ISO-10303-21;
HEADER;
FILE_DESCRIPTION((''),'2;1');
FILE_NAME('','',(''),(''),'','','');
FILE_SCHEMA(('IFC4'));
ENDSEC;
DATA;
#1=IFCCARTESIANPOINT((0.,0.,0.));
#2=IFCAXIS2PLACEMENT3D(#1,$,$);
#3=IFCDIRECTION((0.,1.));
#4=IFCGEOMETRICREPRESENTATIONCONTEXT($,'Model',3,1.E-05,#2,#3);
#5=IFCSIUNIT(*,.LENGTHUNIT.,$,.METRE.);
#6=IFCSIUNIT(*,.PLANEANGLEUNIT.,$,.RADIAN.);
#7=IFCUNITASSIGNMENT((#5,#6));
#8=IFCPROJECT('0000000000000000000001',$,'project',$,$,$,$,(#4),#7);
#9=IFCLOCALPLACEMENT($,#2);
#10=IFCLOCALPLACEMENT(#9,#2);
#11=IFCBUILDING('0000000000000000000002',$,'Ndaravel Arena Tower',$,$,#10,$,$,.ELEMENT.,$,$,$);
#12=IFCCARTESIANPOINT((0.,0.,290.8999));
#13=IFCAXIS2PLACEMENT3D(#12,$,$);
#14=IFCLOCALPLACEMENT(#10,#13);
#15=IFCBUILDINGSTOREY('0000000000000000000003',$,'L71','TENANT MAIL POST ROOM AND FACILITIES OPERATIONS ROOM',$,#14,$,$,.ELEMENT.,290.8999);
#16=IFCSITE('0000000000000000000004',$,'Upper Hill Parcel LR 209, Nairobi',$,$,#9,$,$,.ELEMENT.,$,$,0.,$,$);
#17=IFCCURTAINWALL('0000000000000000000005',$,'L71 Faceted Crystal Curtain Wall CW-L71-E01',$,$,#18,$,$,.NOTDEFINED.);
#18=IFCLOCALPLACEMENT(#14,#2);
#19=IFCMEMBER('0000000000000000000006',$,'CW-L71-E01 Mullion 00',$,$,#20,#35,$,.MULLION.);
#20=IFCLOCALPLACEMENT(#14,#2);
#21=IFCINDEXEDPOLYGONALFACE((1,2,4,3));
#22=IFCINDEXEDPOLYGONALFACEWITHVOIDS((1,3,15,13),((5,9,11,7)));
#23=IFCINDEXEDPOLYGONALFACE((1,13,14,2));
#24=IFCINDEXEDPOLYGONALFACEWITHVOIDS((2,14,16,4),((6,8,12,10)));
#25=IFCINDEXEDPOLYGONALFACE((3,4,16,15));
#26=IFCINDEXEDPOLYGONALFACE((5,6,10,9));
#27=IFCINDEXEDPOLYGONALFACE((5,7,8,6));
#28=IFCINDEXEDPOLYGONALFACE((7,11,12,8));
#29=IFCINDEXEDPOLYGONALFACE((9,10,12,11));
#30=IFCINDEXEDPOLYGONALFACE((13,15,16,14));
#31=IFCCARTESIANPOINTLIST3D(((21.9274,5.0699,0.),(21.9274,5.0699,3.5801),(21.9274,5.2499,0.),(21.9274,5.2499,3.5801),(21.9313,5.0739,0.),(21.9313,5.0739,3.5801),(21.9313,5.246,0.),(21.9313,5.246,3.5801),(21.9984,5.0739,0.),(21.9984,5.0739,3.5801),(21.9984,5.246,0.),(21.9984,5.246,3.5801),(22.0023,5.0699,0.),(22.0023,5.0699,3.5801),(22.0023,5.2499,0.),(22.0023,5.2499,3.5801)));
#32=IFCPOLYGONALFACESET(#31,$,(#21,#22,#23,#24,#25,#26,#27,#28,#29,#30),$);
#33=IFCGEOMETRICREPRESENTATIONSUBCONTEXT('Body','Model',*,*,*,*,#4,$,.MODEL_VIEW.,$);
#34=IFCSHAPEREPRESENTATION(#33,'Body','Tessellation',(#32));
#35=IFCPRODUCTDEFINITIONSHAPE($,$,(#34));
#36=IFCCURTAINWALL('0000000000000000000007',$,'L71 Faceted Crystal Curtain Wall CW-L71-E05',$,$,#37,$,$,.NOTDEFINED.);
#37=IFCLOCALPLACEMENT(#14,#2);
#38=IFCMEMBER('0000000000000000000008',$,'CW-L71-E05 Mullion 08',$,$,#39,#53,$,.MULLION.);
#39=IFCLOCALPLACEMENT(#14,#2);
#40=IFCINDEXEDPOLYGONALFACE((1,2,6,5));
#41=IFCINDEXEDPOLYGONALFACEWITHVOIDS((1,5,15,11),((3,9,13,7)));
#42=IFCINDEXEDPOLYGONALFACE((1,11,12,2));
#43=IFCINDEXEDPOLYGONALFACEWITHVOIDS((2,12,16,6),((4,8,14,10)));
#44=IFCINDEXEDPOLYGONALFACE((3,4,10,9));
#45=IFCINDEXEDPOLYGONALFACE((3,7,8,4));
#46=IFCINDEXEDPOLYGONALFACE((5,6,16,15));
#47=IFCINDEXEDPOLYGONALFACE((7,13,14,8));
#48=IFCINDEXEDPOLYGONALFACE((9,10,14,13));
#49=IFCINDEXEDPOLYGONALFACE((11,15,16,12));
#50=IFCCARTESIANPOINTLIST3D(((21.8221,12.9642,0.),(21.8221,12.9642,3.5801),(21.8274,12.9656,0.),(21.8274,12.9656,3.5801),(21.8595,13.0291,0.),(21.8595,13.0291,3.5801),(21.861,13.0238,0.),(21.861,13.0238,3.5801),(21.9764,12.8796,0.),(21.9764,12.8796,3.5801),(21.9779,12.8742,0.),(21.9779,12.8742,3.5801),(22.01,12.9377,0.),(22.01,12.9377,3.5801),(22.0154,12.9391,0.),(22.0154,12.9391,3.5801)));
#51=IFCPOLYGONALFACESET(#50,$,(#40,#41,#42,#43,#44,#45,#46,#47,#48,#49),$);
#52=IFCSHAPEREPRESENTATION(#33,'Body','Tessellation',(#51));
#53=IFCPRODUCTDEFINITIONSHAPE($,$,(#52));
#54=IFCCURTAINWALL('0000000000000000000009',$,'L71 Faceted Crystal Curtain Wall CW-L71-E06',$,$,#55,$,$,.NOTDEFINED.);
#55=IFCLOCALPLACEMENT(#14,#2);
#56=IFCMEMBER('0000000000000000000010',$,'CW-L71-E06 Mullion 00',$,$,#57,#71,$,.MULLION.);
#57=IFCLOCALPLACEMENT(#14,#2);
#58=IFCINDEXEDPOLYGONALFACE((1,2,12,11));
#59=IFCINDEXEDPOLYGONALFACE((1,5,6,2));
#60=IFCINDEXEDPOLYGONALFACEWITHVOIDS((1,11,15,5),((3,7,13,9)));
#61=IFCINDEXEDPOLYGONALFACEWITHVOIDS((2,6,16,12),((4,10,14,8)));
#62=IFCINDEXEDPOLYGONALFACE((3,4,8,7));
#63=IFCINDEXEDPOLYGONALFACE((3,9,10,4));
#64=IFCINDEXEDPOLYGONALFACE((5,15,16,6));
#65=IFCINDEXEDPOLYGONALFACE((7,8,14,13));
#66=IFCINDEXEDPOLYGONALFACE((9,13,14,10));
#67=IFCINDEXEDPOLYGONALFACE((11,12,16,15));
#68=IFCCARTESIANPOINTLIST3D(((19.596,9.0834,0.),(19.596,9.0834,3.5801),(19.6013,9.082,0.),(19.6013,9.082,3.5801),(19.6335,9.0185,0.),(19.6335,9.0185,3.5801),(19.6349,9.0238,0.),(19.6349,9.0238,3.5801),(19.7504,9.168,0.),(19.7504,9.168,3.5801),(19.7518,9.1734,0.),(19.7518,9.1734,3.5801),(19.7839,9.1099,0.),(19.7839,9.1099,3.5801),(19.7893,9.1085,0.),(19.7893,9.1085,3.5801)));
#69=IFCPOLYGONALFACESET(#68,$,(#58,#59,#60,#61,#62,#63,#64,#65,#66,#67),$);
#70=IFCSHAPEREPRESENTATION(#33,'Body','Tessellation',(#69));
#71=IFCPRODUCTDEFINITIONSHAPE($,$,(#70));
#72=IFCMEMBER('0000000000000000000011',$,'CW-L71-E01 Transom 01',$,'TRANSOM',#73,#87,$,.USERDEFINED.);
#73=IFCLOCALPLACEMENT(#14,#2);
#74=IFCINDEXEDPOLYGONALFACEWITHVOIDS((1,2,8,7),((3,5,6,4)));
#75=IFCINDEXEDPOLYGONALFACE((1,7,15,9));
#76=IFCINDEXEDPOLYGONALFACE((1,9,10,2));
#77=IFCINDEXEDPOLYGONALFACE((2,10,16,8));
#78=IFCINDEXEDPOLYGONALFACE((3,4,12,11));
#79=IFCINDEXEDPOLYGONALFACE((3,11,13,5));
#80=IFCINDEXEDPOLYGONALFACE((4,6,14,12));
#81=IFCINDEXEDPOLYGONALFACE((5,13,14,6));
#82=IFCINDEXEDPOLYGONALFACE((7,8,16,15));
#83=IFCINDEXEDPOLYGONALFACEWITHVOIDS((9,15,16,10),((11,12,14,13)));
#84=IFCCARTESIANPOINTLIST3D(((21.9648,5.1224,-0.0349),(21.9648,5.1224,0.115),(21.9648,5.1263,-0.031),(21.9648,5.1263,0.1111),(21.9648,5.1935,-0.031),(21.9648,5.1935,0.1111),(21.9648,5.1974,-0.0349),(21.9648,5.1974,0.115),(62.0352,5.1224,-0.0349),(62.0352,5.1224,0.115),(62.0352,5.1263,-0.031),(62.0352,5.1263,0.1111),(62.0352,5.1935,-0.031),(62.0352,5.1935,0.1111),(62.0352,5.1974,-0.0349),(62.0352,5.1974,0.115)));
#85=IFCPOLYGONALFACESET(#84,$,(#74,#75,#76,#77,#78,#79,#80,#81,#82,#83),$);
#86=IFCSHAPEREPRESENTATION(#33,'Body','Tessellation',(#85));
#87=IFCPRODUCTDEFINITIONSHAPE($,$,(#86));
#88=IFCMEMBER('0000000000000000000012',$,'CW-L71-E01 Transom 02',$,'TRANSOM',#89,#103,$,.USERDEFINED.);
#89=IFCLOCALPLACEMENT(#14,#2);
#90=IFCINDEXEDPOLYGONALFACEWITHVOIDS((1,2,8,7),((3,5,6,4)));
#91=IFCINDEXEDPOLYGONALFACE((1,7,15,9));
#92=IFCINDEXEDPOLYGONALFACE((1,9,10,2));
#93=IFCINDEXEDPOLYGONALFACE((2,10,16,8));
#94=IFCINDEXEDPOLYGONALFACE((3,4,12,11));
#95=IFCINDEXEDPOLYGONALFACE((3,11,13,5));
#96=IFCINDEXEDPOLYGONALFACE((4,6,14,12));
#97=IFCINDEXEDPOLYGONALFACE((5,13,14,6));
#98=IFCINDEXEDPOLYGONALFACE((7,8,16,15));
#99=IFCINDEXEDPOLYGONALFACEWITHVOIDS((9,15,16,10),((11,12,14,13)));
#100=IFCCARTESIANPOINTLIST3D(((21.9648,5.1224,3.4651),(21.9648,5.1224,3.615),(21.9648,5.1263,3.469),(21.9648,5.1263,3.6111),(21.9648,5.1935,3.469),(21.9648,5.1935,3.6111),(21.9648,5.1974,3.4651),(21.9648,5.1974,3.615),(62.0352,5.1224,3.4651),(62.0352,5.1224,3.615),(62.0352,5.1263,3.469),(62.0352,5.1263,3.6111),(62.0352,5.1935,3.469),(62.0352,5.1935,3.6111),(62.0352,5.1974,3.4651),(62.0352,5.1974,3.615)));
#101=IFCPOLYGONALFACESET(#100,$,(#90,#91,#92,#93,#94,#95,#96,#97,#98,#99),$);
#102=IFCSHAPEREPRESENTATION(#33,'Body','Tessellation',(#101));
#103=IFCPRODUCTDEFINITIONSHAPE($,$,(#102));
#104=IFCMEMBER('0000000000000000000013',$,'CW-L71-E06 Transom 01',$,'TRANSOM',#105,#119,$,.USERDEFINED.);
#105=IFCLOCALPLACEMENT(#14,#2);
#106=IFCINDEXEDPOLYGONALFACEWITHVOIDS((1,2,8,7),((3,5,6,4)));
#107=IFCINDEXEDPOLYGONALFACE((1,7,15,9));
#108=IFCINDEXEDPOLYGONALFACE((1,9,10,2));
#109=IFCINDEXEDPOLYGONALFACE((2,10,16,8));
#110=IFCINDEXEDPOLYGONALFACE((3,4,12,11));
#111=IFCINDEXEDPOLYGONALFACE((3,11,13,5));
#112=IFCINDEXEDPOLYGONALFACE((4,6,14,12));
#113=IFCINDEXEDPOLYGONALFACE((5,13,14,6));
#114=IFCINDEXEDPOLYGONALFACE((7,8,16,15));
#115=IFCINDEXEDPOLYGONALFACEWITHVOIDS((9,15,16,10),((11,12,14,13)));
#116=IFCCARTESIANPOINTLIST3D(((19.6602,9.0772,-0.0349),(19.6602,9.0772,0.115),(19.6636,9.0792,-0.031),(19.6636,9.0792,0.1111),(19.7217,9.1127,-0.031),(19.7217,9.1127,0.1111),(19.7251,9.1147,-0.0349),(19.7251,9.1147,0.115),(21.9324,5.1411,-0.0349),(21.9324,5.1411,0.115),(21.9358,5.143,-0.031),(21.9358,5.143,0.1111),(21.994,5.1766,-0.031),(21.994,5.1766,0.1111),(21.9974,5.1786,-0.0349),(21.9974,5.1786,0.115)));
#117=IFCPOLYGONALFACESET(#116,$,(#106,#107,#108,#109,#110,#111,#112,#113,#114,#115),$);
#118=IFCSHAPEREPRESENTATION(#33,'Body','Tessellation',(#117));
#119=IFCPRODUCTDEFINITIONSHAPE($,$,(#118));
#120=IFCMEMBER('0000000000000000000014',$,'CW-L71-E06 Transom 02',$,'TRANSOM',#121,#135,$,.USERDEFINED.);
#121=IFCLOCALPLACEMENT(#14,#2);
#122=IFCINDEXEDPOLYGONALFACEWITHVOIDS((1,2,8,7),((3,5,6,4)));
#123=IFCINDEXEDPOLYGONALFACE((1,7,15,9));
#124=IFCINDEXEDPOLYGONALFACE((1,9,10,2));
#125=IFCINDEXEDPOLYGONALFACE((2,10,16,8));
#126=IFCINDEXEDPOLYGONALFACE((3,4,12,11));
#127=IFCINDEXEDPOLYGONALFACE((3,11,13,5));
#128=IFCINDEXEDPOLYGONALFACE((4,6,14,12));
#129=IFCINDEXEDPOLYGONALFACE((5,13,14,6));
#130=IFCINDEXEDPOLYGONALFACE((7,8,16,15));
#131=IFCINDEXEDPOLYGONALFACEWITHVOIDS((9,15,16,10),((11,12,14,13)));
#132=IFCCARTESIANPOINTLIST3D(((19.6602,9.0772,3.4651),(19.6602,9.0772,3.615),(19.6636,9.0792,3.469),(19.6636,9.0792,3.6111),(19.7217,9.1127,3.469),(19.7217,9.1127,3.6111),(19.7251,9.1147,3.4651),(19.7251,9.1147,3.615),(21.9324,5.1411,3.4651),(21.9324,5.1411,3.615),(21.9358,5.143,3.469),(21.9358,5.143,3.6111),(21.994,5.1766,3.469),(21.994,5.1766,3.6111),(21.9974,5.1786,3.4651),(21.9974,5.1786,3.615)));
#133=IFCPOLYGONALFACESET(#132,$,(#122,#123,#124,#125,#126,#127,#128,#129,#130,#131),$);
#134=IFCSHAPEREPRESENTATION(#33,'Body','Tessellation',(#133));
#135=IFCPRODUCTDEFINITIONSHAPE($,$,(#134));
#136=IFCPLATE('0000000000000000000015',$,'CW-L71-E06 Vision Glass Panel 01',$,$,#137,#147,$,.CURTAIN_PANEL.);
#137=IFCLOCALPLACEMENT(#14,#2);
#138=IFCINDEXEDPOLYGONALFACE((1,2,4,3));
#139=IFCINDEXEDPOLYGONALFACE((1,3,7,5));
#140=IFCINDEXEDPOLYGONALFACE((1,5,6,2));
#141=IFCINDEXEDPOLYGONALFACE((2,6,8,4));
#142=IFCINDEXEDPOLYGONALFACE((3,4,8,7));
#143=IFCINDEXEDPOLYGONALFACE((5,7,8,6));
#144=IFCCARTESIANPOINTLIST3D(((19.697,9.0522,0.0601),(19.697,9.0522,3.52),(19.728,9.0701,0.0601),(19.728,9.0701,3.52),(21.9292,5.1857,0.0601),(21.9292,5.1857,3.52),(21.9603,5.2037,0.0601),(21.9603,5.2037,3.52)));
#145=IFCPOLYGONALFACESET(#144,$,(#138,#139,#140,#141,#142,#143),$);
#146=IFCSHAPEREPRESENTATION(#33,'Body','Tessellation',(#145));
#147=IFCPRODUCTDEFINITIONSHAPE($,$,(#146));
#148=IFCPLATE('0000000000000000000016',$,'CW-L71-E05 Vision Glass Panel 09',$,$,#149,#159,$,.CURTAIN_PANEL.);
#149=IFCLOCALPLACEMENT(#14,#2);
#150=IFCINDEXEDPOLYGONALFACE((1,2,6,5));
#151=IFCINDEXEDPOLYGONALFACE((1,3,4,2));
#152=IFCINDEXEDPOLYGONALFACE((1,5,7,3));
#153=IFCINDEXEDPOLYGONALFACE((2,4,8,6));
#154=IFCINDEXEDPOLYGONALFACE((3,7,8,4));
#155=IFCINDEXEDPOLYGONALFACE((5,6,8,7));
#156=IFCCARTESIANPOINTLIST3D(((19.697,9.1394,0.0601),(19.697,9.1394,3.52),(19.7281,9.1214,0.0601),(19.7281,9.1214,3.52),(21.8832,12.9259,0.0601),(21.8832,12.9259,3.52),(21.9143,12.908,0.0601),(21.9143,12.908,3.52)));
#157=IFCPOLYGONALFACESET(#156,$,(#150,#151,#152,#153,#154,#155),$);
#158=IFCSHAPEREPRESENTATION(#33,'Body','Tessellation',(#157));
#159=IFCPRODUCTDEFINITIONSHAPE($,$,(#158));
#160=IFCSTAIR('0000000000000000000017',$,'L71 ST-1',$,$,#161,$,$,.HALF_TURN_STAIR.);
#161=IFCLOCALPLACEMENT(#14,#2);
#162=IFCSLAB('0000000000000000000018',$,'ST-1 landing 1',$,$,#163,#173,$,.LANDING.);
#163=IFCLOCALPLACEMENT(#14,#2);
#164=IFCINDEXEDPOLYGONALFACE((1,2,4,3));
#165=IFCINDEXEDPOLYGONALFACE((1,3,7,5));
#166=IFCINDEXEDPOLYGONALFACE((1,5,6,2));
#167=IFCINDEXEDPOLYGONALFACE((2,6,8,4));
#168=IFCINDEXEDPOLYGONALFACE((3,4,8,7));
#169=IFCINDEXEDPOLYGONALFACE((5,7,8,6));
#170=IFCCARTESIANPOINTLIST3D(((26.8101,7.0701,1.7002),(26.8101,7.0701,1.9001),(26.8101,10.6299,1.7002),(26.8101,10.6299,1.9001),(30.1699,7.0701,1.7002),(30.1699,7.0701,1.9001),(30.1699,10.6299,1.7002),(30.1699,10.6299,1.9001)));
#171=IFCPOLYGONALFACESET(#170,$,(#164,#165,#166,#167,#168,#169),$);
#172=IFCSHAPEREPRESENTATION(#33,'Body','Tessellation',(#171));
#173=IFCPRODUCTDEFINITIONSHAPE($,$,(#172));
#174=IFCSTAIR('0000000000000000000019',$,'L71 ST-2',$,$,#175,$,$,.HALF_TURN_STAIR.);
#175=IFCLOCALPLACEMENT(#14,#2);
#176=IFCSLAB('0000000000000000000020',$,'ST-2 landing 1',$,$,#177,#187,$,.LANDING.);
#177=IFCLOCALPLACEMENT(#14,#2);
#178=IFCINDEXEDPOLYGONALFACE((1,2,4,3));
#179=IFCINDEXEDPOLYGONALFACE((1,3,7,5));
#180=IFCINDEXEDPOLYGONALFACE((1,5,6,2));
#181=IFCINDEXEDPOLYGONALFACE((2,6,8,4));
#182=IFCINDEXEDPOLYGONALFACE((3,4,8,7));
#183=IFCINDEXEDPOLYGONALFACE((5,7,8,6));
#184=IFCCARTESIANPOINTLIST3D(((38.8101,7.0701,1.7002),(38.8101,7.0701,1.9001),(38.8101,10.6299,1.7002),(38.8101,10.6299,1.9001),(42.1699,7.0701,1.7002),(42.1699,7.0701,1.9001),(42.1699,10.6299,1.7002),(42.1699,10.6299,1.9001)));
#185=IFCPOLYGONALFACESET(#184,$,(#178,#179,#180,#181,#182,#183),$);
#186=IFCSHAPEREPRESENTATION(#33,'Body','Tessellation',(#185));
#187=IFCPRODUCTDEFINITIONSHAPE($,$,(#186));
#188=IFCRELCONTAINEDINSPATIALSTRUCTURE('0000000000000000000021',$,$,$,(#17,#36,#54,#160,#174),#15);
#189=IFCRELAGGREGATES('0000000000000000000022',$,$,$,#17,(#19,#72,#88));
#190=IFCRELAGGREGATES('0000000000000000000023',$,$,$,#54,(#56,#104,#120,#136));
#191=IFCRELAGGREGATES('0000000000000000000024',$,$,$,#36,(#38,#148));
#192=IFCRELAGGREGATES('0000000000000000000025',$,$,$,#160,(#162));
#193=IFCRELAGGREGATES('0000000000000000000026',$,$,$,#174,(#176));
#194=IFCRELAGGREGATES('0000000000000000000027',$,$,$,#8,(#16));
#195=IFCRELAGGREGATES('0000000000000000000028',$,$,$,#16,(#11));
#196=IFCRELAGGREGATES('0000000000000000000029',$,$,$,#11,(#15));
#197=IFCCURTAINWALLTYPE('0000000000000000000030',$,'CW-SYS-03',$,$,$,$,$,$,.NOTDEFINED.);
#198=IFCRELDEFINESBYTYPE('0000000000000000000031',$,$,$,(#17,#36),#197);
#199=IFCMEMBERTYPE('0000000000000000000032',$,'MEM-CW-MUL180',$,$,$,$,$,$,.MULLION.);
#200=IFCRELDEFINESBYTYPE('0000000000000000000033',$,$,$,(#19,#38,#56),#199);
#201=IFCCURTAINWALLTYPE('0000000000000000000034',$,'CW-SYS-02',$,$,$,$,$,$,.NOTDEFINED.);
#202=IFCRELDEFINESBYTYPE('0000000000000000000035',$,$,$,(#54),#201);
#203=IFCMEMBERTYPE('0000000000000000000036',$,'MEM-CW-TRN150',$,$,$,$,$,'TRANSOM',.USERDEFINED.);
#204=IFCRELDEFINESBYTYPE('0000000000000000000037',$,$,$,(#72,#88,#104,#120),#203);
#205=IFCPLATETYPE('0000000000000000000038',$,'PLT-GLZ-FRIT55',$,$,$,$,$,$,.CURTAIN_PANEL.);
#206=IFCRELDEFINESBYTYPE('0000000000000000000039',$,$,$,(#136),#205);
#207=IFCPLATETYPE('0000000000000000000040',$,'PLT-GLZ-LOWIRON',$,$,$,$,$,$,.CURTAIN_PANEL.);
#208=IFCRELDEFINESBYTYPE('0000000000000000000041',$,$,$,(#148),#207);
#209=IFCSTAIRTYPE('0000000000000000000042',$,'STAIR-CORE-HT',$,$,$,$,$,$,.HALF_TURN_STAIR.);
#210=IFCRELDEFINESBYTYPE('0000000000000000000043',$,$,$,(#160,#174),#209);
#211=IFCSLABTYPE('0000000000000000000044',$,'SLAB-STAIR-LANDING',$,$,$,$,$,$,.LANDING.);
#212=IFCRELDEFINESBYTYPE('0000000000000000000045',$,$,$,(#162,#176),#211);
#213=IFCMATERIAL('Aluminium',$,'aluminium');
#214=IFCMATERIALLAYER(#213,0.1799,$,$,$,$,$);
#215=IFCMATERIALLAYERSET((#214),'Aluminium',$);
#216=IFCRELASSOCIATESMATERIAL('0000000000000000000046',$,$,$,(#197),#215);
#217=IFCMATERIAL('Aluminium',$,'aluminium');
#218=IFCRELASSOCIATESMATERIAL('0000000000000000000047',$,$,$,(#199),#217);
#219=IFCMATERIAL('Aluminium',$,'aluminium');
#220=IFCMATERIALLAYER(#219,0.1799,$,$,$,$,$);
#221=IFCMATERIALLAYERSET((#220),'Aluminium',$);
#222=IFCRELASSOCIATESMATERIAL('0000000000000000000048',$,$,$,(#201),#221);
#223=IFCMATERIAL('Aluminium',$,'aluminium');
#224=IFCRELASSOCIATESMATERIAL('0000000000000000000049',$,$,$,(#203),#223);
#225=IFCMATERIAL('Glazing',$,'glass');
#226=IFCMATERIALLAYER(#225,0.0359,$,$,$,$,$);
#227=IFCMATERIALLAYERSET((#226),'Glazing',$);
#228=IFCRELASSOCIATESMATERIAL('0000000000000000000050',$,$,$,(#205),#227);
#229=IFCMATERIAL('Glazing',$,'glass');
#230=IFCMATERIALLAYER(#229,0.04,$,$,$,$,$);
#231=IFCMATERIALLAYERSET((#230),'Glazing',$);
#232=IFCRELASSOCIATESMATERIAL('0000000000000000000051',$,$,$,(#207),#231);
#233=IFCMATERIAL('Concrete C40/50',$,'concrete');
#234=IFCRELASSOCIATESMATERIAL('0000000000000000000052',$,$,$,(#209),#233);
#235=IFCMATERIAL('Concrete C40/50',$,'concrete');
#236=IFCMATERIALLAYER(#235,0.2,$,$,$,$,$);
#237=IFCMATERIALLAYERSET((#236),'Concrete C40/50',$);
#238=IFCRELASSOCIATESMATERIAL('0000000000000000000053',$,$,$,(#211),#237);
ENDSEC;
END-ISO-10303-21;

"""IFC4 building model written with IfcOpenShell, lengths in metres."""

from ifc_helpers import new_model, si_unit, direction, frame, origin, origin_2d, place, context, subcontext, project, spatial, polyline, rectangle, hollow_rectangle, outline, extrude, material, layer, layer_set, material_profile, profile_set, type_object, element, aggregate, save


model = new_model("IFC4")

# Units and contexts
model_context = context("Model", 3, precision=1e-05, world=origin(), true_north=direction((0.0, 1.0)))
body_context = subcontext(model_context, "Body", "Model", "MODEL_VIEW")
ifc_project = project(units=[si_unit("LENGTHUNIT", "METRE"), si_unit("PLANEANGLEUNIT", "RADIAN")], contexts=[model_context])

# Site, building, storey
site_placement = place(None, origin())
site = spatial("IfcSite", under=ifc_project, at=site_placement, Name="Upper Hill Parcel LR 209, Nairobi", CompositionType="ELEMENT", RefElevation=0.0)
building_placement = place(site_placement, origin())
building = spatial("IfcBuilding", under=site, at=building_placement, Name="Ndaravel Arena Tower", CompositionType="ELEMENT")
storey_placement = place(building_placement, frame((0.0, 0.0, 290.8999)))
storey = spatial("IfcBuildingStorey", under=building, at=storey_placement, Name="L71", Description="TENANT MAIL POST ROOM AND FACILITIES OPERATIONS ROOM", CompositionType="ELEMENT", Elevation=290.8999)

# Curtain walls, members
ifc_material_1 = material(Name="Aluminium", Category="aluminium")
ifc_layer_1 = layer(ifc_material_1, 0.1799)
ifc_layer_set_1 = layer_set([ifc_layer_1], Name="Aluminium")
curtain_wall_type_1 = type_object("IfcCurtainWallType", Name="CW-SYS-03", PredefinedType="NOTDEFINED", material=ifc_layer_set_1)
curtain_wall_1_placement = place(storey_placement, origin())
curtain_wall_1 = element("IfcCurtainWall", 1, at=curtain_wall_1_placement, inside=storey, type_object=curtain_wall_type_1, Name="L71 Faceted Crystal Curtain Wall CW-L71-E01", PredefinedType="NOTDEFINED")
ifc_material_2 = material(Name="Aluminium", Category="aluminium")
ifc_material_profile_1 = material_profile(ifc_material_2, hollow_rectangle(XDim=0.075, YDim=0.1799, WallThickness=0.0039, at=origin_2d()), Name="CW MULLION 75x180x4")
ifc_profile_set_1 = profile_set([ifc_material_profile_1], Name="Aluminium")
member_type_1 = type_object("IfcMemberType", Name="MEM-CW-MUL180", PredefinedType="MULLION", material=ifc_profile_set_1)
member_1_placement = place(storey_placement, frame((21.9648, 5.1599, 0.0), z_axis=(0.0, 0.0, 1.0), x_axis=(1.0, 0.0, 0.0)))
member_1 = element("IfcMember", 2, at=member_1_placement, type_object=member_type_1, Name="CW-L71-E01 Mullion 00", PredefinedType="MULLION", context=body_context, shape_type="SweptSolid", body=[
    extrude(hollow_rectangle(XDim=0.075, YDim=0.1799, WallThickness=0.0039, at=origin_2d()), origin(), (0.0, 0.0, 1.0), 3.5801),
])
curtain_wall_2_placement = place(storey_placement, origin())
curtain_wall_2 = element("IfcCurtainWall", 3, at=curtain_wall_2_placement, inside=storey, type_object=curtain_wall_type_1, Name="L71 Faceted Crystal Curtain Wall CW-L71-E05", PredefinedType="NOTDEFINED")
member_2_placement = place(storey_placement, frame((21.9187, 12.9517, 0.0), z_axis=(0.0, 0.0, 1.0), x_axis=(-0.5, -0.866025, 0.0)))
member_2 = element("IfcMember", 4, at=member_2_placement, type_object=member_type_1, Name="CW-L71-E05 Mullion 08", PredefinedType="MULLION", context=body_context, shape_type="SweptSolid", body=[
    extrude(hollow_rectangle(XDim=0.075, YDim=0.1799, WallThickness=0.0039, at=origin_2d()), origin(), (0.0, 0.0, 1.0), 3.5801),
])
ifc_material_3 = material(Name="Aluminium", Category="aluminium")
ifc_layer_2 = layer(ifc_material_3, 0.1799)
ifc_layer_set_2 = layer_set([ifc_layer_2], Name="Aluminium")
curtain_wall_type_2 = type_object("IfcCurtainWallType", Name="CW-SYS-02", PredefinedType="NOTDEFINED", material=ifc_layer_set_2)
curtain_wall_3_placement = place(storey_placement, origin())
curtain_wall_3 = element("IfcCurtainWall", 5, at=curtain_wall_3_placement, inside=storey, type_object=curtain_wall_type_2, Name="L71 Faceted Crystal Curtain Wall CW-L71-E06", PredefinedType="NOTDEFINED")
member_3_placement = place(storey_placement, frame((19.6926, 9.0959, 0.0), z_axis=(0.0, 0.0, 1.0), x_axis=(0.499985, -0.866034, 0.0)))
member_3 = element("IfcMember", 6, at=member_3_placement, type_object=member_type_1, Name="CW-L71-E06 Mullion 00", PredefinedType="MULLION", context=body_context, shape_type="SweptSolid", body=[
    extrude(hollow_rectangle(XDim=0.075, YDim=0.1799, WallThickness=0.0039, at=origin_2d()), origin(), (0.0, 0.0, 1.0), 3.5801),
])

# Members
ifc_material_4 = material(Name="Aluminium", Category="aluminium")
ifc_material_profile_2 = material_profile(ifc_material_4, hollow_rectangle(XDim=0.075, YDim=0.1499, WallThickness=0.0039, at=origin_2d()), Name="CW TRANSOM 75x150x4")
ifc_profile_set_2 = profile_set([ifc_material_profile_2], Name="Aluminium")
member_type_2 = type_object("IfcMemberType", Name="MEM-CW-TRN150", ElementType="TRANSOM", PredefinedType="USERDEFINED", material=ifc_profile_set_2)
member_4_placement = place(storey_placement, frame((21.9648, 5.1599, 0.04), z_axis=(1.0, 0.0, 0.0), x_axis=(0.0, 1.0, 0.0)))
member_4 = element("IfcMember", 7, at=member_4_placement, type_object=member_type_2, Name="CW-L71-E01 Transom 01", ObjectType="TRANSOM", PredefinedType="USERDEFINED", context=body_context, shape_type="SweptSolid", body=[
    extrude(hollow_rectangle(XDim=0.075, YDim=0.1499, WallThickness=0.0039, at=origin_2d()), origin(), (0.0, 0.0, 1.0), 40.0703),
])
member_5_placement = place(storey_placement, frame((21.9648, 5.1599, 3.54), z_axis=(1.0, 0.0, 0.0), x_axis=(0.0, 1.0, 0.0)))
member_5 = element("IfcMember", 8, at=member_5_placement, type_object=member_type_2, Name="CW-L71-E01 Transom 02", ObjectType="TRANSOM", PredefinedType="USERDEFINED", context=body_context, shape_type="SweptSolid", body=[
    extrude(hollow_rectangle(XDim=0.075, YDim=0.1499, WallThickness=0.0039, at=origin_2d()), origin(), (0.0, 0.0, 1.0), 40.0703),
])
aggregate(curtain_wall_1, [member_1, member_4, member_5])
member_6_placement = place(storey_placement, frame((19.6926, 9.0959, 0.04), z_axis=(0.499958, -0.86605, 0.0), x_axis=(0.86605, 0.499958, 0.0)))
member_6 = element("IfcMember", 9, at=member_6_placement, type_object=member_type_2, Name="CW-L71-E06 Transom 01", ObjectType="TRANSOM", PredefinedType="USERDEFINED", context=body_context, shape_type="SweptSolid", body=[
    extrude(hollow_rectangle(XDim=0.075, YDim=0.1499, WallThickness=0.0039, at=origin_2d()), origin(), (0.0, 0.0, 1.0), 4.5449),
])
member_7_placement = place(storey_placement, frame((19.6926, 9.0959, 3.54), z_axis=(0.499958, -0.86605, 0.0), x_axis=(0.86605, 0.499958, 0.0)))
member_7 = element("IfcMember", 10, at=member_7_placement, type_object=member_type_2, Name="CW-L71-E06 Transom 02", ObjectType="TRANSOM", PredefinedType="USERDEFINED", context=body_context, shape_type="SweptSolid", body=[
    extrude(hollow_rectangle(XDim=0.075, YDim=0.1499, WallThickness=0.0039, at=origin_2d()), origin(), (0.0, 0.0, 1.0), 4.5449),
])

# Plates
ifc_material_5 = material(Name="Glazing", Category="glass")
ifc_layer_3 = layer(ifc_material_5, 0.0359)
ifc_layer_set_3 = layer_set([ifc_layer_3], Name="Glazing")
plate_type_1 = type_object("IfcPlateType", Name="PLT-GLZ-FRIT55", PredefinedType="CURTAIN_PANEL", material=ifc_layer_set_3)
plate_1_placement = place(storey_placement, frame((20.8286, 7.1279, 0.0601), z_axis=(0.0, 0.0, 1.0), x_axis=(0.499985, -0.866034, 0.0)))
plate_1 = element("IfcPlate", 11, at=plate_1_placement, type_object=plate_type_1, Name="CW-L71-E06 Vision Glass Panel 01", PredefinedType="CURTAIN_PANEL", context=body_context, shape_type="SweptSolid", body=[
    extrude(rectangle(XDim=4.4646, YDim=0.0359, at=origin_2d()), origin(), (0.0, 0.0, 1.0), 3.46),
])
aggregate(curtain_wall_3, [member_3, member_6, member_7, plate_1])
ifc_material_6 = material(Name="Glazing", Category="glass")
ifc_layer_4 = layer(ifc_material_6, 0.04)
ifc_layer_set_4 = layer_set([ifc_layer_4], Name="Glazing")
plate_type_2 = type_object("IfcPlateType", Name="PLT-GLZ-LOWIRON", PredefinedType="CURTAIN_PANEL", material=ifc_layer_set_4)
plate_2_placement = place(storey_placement, frame((20.8057, 11.0237, 0.0601), z_axis=(0.0, 0.0, 1.0), x_axis=(-0.5, -0.866025, 0.0)))
plate_2 = element("IfcPlate", 12, at=plate_2_placement, type_object=plate_type_2, Name="CW-L71-E05 Vision Glass Panel 09", PredefinedType="CURTAIN_PANEL", context=body_context, shape_type="SweptSolid", body=[
    extrude(rectangle(XDim=4.3723, YDim=0.0359, at=origin_2d()), origin(), (0.0, 0.0, 1.0), 3.46),
])
aggregate(curtain_wall_2, [member_2, plate_2])

# Stairs, slabs
ifc_material_7 = material(Name="Concrete C40/50", Category="concrete")
stair_type = type_object("IfcStairType", Name="STAIR-CORE-HT", PredefinedType="HALF_TURN_STAIR", material=ifc_material_7)
stair_1_placement = place(storey_placement, origin())
stair_1 = element("IfcStair", 13, at=stair_1_placement, inside=storey, type_object=stair_type, Name="L71 ST-1", PredefinedType="HALF_TURN_STAIR")
ifc_material_8 = material(Name="Concrete C40/50", Category="concrete")
ifc_layer_5 = layer(ifc_material_8, 0.2)
ifc_layer_set_5 = layer_set([ifc_layer_5], Name="Concrete C40/50")
slab_type_1 = type_object("IfcSlabType", Name="SLAB-STAIR-LANDING", PredefinedType="LANDING", material=ifc_layer_set_5)
slab_1_placement = place(storey_placement, frame((0.0, 0.0, 1.7002)))
slab_1 = element("IfcSlab", 14, at=slab_1_placement, type_object=slab_type_1, Name="ST-1 landing 1", PredefinedType="LANDING", context=body_context, shape_type="SweptSolid", body=[
    extrude(outline(polyline([(26.8101, 10.6299), (26.8101, 7.0701), (30.1699, 7.0701), (30.1699, 10.6299), (26.8101, 10.6299)])), origin(), (0.0, 0.0, 1.0), 0.2),
])
aggregate(stair_1, [slab_1])
stair_2_placement = place(storey_placement, origin())
stair_2 = element("IfcStair", 15, at=stair_2_placement, inside=storey, type_object=stair_type, Name="L71 ST-2", PredefinedType="HALF_TURN_STAIR")
slab_2_placement = place(storey_placement, frame((0.0, 0.0, 1.7002)))
slab_2 = element("IfcSlab", 16, at=slab_2_placement, type_object=slab_type_1, Name="ST-2 landing 1", PredefinedType="LANDING", context=body_context, shape_type="SweptSolid", body=[
    extrude(outline(polyline([(38.8101, 10.6299), (38.8101, 7.0701), (42.1699, 7.0701), (42.1699, 10.6299), (38.8101, 10.6299)])), origin(), (0.0, 0.0, 1.0), 0.2),
])
aggregate(stair_2, [slab_2])

save(model, "model.ifc")
